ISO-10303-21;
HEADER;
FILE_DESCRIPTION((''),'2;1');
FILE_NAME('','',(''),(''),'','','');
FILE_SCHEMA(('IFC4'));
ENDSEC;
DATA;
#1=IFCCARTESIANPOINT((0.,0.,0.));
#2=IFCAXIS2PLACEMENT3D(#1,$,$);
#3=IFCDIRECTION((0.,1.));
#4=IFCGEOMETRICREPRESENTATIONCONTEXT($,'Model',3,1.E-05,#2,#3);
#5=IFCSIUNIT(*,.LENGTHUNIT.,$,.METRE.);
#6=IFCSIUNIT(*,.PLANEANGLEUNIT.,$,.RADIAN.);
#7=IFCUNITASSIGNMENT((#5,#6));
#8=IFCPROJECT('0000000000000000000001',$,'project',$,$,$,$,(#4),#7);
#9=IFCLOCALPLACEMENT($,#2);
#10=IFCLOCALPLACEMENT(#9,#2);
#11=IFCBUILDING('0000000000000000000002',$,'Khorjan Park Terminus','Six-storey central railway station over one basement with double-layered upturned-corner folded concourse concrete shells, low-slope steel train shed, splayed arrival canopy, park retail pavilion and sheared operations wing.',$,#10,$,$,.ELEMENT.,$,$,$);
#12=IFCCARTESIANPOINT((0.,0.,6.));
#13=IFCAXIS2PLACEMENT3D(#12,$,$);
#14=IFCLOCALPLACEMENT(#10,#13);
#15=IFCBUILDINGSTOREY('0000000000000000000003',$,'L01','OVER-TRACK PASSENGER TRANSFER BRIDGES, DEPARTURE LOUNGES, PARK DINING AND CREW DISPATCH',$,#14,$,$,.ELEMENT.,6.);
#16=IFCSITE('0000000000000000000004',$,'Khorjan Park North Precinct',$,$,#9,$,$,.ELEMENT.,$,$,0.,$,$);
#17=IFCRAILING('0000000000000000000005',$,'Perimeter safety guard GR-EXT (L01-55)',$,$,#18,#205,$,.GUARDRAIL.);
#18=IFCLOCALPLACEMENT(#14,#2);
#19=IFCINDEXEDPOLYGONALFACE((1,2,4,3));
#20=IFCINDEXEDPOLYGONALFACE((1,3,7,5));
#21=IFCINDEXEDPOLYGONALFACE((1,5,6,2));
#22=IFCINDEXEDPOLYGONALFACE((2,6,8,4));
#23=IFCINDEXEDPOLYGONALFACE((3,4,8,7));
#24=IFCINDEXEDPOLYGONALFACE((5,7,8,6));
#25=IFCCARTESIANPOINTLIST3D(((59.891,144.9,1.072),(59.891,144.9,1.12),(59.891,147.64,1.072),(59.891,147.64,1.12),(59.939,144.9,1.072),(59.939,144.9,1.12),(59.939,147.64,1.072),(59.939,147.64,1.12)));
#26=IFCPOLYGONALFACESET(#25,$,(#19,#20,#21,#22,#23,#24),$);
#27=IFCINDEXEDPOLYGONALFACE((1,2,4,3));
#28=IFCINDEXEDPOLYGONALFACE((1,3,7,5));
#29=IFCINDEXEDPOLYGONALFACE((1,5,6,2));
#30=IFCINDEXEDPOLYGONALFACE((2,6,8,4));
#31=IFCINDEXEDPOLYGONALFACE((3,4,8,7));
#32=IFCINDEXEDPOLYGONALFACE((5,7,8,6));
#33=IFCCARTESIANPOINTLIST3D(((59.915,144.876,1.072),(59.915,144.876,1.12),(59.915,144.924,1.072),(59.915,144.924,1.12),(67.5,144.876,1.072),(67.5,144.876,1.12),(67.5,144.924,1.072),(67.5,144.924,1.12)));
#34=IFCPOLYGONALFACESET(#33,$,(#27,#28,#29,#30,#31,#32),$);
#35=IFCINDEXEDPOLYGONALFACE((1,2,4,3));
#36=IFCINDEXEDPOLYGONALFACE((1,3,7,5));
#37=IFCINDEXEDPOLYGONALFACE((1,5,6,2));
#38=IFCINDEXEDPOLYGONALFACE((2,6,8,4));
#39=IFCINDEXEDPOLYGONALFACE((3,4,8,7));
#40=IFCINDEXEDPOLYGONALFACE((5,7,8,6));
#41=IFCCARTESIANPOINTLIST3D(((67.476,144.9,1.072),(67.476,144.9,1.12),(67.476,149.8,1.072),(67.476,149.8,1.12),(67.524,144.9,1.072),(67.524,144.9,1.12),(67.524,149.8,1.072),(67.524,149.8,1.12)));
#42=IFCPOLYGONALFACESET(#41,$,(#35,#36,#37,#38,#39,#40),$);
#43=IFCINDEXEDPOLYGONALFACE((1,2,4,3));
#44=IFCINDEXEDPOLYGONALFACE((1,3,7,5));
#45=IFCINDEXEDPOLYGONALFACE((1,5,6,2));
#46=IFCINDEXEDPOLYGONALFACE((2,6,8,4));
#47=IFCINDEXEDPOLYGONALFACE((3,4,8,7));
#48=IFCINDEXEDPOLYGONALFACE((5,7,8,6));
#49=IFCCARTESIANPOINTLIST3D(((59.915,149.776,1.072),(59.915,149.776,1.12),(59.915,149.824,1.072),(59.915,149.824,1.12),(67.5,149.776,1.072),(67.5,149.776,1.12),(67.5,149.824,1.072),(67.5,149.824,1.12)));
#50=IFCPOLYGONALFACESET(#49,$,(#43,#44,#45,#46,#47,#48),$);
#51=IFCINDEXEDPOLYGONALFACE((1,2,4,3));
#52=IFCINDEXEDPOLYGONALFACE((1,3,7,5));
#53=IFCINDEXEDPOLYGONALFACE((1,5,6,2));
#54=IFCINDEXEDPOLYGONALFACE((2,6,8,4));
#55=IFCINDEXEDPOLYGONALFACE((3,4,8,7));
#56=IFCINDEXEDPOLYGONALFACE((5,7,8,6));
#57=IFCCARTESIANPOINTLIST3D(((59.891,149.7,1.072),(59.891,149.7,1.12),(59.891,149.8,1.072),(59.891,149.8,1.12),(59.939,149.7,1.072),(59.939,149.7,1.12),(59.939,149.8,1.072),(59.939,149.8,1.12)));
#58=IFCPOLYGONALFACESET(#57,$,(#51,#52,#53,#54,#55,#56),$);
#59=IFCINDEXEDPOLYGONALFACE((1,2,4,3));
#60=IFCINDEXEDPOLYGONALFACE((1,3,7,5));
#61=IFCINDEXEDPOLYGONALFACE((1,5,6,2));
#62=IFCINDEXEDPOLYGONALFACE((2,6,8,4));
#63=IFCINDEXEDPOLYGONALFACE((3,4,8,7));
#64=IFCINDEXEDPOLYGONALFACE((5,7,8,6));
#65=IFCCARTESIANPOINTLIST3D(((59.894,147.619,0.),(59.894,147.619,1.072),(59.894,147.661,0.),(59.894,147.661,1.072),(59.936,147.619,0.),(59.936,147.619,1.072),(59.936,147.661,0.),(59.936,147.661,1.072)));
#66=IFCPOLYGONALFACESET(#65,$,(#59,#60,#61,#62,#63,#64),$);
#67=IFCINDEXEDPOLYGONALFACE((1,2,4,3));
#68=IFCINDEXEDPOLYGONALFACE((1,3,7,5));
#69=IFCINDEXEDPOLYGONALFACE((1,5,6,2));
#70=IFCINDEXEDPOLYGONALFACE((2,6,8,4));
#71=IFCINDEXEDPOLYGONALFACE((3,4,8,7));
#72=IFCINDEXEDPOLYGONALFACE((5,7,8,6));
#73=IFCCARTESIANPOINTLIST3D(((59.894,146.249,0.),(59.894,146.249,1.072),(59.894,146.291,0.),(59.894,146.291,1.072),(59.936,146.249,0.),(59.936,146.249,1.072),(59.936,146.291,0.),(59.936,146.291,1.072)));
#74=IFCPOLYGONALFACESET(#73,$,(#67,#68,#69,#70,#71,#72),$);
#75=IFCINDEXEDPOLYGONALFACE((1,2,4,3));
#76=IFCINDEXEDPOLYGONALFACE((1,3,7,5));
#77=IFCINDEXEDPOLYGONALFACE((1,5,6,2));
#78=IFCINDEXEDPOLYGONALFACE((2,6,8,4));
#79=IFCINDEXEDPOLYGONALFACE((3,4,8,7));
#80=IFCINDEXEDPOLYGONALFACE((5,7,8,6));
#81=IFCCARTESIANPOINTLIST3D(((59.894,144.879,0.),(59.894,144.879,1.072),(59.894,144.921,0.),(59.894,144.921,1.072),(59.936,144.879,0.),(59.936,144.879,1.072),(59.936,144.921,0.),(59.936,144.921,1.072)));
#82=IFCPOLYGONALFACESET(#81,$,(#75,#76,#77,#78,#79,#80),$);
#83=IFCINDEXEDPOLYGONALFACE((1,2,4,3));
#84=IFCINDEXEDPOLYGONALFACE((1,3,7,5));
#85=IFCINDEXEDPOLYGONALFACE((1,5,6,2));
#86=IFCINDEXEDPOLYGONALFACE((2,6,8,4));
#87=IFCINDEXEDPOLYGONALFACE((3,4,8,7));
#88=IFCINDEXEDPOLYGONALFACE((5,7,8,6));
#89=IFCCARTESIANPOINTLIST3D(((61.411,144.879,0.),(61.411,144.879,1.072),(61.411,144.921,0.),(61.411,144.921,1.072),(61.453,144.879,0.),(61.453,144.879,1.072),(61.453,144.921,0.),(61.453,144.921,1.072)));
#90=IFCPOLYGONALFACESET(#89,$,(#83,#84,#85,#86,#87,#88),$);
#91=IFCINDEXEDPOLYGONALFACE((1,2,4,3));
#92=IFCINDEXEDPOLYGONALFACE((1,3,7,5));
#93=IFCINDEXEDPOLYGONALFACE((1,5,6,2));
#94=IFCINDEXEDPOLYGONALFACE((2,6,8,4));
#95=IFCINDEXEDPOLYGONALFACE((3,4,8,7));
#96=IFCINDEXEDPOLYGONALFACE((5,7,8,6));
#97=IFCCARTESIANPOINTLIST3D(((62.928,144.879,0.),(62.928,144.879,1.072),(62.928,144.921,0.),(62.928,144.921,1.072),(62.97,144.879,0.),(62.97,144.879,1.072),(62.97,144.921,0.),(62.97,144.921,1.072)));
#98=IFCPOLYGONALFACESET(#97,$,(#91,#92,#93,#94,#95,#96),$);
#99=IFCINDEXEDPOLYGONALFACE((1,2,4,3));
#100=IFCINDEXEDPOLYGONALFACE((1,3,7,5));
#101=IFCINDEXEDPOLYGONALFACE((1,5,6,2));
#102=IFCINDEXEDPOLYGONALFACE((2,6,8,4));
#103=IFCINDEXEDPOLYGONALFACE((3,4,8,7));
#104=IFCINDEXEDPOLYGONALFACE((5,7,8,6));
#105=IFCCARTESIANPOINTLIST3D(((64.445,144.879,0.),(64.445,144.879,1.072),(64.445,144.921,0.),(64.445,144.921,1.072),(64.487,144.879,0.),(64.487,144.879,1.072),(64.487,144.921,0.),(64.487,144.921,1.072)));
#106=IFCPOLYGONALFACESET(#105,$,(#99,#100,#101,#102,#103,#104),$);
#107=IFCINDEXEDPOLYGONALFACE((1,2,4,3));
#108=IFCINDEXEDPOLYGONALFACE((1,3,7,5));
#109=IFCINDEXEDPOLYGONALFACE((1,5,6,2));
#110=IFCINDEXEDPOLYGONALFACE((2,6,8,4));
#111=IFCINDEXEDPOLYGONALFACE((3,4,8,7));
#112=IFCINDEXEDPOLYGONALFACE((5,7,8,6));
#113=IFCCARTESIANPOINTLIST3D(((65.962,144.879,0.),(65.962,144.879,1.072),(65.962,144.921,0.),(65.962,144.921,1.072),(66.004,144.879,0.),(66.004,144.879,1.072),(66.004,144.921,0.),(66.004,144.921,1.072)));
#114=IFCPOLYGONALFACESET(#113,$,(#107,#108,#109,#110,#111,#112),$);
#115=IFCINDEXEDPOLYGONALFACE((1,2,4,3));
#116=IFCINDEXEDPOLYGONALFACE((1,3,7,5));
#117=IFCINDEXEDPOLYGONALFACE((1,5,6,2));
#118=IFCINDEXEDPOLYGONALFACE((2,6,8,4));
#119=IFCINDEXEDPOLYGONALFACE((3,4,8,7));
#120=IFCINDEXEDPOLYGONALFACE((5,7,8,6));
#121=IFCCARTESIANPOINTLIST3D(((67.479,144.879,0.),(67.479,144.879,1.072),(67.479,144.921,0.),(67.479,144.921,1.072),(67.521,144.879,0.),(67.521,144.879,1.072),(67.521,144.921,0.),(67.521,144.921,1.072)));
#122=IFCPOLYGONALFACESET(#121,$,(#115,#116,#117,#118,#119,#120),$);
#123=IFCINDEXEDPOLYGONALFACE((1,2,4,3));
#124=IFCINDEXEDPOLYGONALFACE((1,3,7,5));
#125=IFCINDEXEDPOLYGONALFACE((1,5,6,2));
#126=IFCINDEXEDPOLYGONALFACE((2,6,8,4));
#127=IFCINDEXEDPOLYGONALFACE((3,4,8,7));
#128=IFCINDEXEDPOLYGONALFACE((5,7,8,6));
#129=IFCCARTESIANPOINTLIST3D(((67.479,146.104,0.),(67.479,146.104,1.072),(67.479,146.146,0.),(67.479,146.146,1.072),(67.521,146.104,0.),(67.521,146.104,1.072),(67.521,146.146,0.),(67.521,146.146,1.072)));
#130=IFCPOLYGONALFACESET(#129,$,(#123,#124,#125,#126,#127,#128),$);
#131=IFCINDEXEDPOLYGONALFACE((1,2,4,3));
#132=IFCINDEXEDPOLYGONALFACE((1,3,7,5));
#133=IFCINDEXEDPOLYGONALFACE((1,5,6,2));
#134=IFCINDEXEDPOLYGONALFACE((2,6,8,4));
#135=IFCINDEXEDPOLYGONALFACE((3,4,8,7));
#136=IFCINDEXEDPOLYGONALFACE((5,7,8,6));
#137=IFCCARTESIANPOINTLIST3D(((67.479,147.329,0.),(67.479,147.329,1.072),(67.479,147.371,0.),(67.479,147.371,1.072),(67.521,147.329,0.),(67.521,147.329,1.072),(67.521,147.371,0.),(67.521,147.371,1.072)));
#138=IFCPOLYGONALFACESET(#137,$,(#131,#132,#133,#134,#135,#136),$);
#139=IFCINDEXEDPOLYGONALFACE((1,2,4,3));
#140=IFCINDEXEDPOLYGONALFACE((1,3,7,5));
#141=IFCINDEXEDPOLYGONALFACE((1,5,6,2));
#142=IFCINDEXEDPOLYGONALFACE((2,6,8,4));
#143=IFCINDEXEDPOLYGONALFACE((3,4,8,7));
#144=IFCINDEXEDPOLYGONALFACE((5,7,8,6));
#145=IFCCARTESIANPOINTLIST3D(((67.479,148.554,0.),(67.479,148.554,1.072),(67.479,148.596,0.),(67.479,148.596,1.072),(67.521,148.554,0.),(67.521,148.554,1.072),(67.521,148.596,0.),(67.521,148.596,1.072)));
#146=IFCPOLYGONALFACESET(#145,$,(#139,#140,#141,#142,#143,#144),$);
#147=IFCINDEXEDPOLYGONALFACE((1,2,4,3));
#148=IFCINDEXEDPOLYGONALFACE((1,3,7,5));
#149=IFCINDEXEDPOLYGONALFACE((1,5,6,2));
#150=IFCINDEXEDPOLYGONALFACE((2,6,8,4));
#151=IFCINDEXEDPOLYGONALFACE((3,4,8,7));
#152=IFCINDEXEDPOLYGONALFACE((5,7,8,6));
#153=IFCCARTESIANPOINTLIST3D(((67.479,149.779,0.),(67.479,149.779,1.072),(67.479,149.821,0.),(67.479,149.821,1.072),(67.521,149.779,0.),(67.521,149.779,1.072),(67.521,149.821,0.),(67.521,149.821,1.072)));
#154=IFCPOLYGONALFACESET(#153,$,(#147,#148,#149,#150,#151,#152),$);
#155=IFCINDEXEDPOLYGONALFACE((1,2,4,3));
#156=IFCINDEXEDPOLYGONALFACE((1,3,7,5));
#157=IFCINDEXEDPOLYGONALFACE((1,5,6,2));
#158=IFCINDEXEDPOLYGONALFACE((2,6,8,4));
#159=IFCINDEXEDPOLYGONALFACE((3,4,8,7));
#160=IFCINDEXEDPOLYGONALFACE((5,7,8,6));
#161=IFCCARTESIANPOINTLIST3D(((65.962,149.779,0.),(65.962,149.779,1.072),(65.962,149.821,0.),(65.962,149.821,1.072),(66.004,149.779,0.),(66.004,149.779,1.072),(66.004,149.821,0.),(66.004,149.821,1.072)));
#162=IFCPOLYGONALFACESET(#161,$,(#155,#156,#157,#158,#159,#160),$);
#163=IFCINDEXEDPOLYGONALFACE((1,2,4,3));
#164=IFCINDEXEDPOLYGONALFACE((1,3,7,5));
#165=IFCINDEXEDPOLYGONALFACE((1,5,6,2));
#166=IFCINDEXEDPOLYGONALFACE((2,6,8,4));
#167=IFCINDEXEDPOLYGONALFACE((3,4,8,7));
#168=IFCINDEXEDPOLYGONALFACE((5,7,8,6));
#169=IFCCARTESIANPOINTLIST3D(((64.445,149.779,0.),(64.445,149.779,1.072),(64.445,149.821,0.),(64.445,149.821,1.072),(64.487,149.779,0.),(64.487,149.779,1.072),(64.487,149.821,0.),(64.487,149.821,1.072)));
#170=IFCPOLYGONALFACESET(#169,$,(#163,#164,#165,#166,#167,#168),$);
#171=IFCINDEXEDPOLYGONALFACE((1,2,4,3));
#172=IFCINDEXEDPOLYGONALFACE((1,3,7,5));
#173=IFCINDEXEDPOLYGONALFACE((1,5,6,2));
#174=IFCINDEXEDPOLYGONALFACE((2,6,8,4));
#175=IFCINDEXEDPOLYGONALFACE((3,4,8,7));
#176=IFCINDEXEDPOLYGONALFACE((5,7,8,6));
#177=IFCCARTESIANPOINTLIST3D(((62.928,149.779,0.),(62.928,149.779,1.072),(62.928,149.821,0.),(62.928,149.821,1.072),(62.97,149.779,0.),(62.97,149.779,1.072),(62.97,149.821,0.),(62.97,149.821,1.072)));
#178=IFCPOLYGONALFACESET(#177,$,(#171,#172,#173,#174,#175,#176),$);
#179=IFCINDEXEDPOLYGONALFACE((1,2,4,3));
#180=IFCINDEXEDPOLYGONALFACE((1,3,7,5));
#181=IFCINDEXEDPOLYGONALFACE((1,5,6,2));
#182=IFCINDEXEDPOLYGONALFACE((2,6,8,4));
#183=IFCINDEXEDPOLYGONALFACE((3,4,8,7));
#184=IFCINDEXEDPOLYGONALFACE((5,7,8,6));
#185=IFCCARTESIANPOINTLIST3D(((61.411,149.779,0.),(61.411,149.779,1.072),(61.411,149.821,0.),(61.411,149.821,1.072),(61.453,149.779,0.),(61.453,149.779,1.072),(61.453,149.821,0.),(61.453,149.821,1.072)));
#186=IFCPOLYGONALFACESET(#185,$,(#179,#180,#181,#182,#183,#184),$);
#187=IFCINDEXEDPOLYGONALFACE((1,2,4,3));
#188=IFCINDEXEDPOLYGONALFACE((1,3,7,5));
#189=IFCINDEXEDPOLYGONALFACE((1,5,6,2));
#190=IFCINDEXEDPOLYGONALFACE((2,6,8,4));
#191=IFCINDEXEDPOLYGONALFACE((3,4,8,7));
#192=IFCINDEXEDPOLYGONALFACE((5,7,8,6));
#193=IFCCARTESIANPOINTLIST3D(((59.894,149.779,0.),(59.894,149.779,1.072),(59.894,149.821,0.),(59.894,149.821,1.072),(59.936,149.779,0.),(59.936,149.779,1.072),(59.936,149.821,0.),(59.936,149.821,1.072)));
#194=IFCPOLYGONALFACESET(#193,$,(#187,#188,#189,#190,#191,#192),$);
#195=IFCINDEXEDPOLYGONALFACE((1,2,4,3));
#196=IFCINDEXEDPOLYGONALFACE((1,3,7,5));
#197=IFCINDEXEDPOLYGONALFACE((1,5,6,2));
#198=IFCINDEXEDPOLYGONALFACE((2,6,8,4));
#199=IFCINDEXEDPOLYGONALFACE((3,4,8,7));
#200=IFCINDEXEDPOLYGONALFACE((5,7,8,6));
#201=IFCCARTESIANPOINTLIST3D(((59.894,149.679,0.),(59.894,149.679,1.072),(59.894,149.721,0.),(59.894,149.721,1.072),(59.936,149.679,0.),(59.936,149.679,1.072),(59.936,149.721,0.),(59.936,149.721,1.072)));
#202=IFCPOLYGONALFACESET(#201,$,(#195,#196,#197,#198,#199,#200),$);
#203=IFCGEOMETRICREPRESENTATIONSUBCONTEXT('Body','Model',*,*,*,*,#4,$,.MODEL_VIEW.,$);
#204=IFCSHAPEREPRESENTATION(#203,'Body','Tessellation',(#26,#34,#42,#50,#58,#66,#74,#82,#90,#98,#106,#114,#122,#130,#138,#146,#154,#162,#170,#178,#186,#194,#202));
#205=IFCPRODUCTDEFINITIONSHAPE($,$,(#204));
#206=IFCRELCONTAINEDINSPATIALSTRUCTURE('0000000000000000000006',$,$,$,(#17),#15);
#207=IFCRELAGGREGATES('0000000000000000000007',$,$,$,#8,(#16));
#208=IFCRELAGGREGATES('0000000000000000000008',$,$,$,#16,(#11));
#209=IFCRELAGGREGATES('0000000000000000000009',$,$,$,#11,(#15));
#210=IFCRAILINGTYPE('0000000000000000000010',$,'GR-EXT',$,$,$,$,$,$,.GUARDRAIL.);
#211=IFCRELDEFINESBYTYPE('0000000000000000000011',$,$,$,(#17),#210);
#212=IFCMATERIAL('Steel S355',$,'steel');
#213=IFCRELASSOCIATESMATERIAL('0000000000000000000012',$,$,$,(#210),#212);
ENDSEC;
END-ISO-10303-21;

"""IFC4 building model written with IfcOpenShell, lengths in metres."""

from ifc_helpers import new_model, si_unit, direction, frame, origin, origin_2d, place, context, subcontext, project, spatial, rectangle, extrude, material, type_object, element, save


model = new_model("IFC4")

# Units and contexts
model_context = context("Model", 3, precision=1e-05, world=origin(), true_north=direction((0.0, 1.0)))
body_context = subcontext(model_context, "Body", "Model", "MODEL_VIEW")
ifc_project = project(units=[si_unit("LENGTHUNIT", "METRE"), si_unit("PLANEANGLEUNIT", "RADIAN")], contexts=[model_context])

# Site, building, storey
site_placement = place(None, origin())
site = spatial("IfcSite", under=ifc_project, at=site_placement, Name="Khorjan Park North Precinct", CompositionType="ELEMENT", RefElevation=0.0)
building_placement = place(site_placement, origin())
building = spatial("IfcBuilding", under=site, at=building_placement, Name="Khorjan Park Terminus", Description="Six-storey central railway station over one basement with double-layered upturned-corner folded concourse concrete shells, low-slope steel train shed, splayed arrival canopy, park retail pavilion and sheared operations wing.", CompositionType="ELEMENT")
storey_placement = place(building_placement, frame((0.0, 0.0, 6.0)))
storey = spatial("IfcBuildingStorey", under=building, at=storey_placement, Name="L01", Description="OVER-TRACK PASSENGER TRANSFER BRIDGES, DEPARTURE LOUNGES, PARK DINING AND CREW DISPATCH", CompositionType="ELEMENT", Elevation=6.0)

# Railing
ifc_material_1 = material(Name="Steel S355", Category="steel")
railing_type = type_object("IfcRailingType", Name="GR-EXT", PredefinedType="GUARDRAIL", material=ifc_material_1)
railing_placement = place(storey_placement, frame((59.915, 147.64, 0.0)))
element("IfcRailing", 1, at=railing_placement, inside=storey, type_object=railing_type, Name="Perimeter safety guard GR-EXT (L01-55)", PredefinedType="GUARDRAIL", context=body_context, shape_type="SweptSolid", body=[
    extrude(rectangle(XDim=0.048, YDim=0.048, at=origin_2d()), frame((0.0, 0.0, 1.096), z_axis=(0.0, -1.0, 0.0), x_axis=(1.0, 0.0, 0.0)), (0.0, 0.0, 1.0), 2.74),
    extrude(rectangle(XDim=0.048, YDim=0.048, at=origin_2d()), frame((0.0, -2.74, 1.096), z_axis=(1.0, 0.0, 0.0), x_axis=(0.0, 1.0, 0.0)), (0.0, 0.0, 1.0), 7.585),
    extrude(rectangle(XDim=0.048, YDim=0.048, at=origin_2d()), frame((7.585, -2.74, 1.096), z_axis=(0.0, 1.0, 0.0), x_axis=(-1.0, 0.0, 0.0)), (0.0, 0.0, 1.0), 4.9),
    extrude(rectangle(XDim=0.048, YDim=0.048, at=origin_2d()), frame((7.585, 2.16, 1.096), z_axis=(-1.0, 0.0, 0.0), x_axis=(0.0, -1.0, 0.0)), (0.0, 0.0, 1.0), 7.585),
    extrude(rectangle(XDim=0.048, YDim=0.048, at=origin_2d()), frame((0.0, 2.16, 1.096), z_axis=(0.0, -1.0, 0.0), x_axis=(1.0, 0.0, 0.0)), (0.0, 0.0, 1.0), 0.1),
    extrude(rectangle(XDim=0.042, YDim=0.042, at=origin_2d()), origin(), (0.0, 0.0, 1.0), 1.072),
    extrude(rectangle(XDim=0.042, YDim=0.042, at=origin_2d()), frame((0.0, -1.37, 0.0)), (0.0, 0.0, 1.0), 1.072),
    extrude(rectangle(XDim=0.042, YDim=0.042, at=origin_2d()), frame((0.0, -2.74, 0.0)), (0.0, 0.0, 1.0), 1.072),
    extrude(rectangle(XDim=0.042, YDim=0.042, at=origin_2d()), frame((1.517, -2.74, 0.0)), (0.0, 0.0, 1.0), 1.072),
    extrude(rectangle(XDim=0.042, YDim=0.042, at=origin_2d()), frame((3.034, -2.74, 0.0)), (0.0, 0.0, 1.0), 1.072),
    extrude(rectangle(XDim=0.042, YDim=0.042, at=origin_2d()), frame((4.551, -2.74, 0.0)), (0.0, 0.0, 1.0), 1.072),
    extrude(rectangle(XDim=0.042, YDim=0.042, at=origin_2d()), frame((6.068, -2.74, 0.0)), (0.0, 0.0, 1.0), 1.072),
    extrude(rectangle(XDim=0.042, YDim=0.042, at=origin_2d()), frame((7.585, -2.74, 0.0)), (0.0, 0.0, 1.0), 1.072),
    extrude(rectangle(XDim=0.042, YDim=0.042, at=origin_2d()), frame((7.585, -1.515, 0.0)), (0.0, 0.0, 1.0), 1.072),
    extrude(rectangle(XDim=0.042, YDim=0.042, at=origin_2d()), frame((7.585, -0.29, 0.0)), (0.0, 0.0, 1.0), 1.072),
    extrude(rectangle(XDim=0.042, YDim=0.042, at=origin_2d()), frame((7.585, 0.935, 0.0)), (0.0, 0.0, 1.0), 1.072),
    extrude(rectangle(XDim=0.042, YDim=0.042, at=origin_2d()), frame((7.585, 2.16, 0.0)), (0.0, 0.0, 1.0), 1.072),
    extrude(rectangle(XDim=0.042, YDim=0.042, at=origin_2d()), frame((6.068, 2.16, 0.0)), (0.0, 0.0, 1.0), 1.072),
    extrude(rectangle(XDim=0.042, YDim=0.042, at=origin_2d()), frame((4.551, 2.16, 0.0)), (0.0, 0.0, 1.0), 1.072),
    extrude(rectangle(XDim=0.042, YDim=0.042, at=origin_2d()), frame((3.034, 2.16, 0.0)), (0.0, 0.0, 1.0), 1.072),
    extrude(rectangle(XDim=0.042, YDim=0.042, at=origin_2d()), frame((1.517, 2.16, 0.0)), (0.0, 0.0, 1.0), 1.072),
    extrude(rectangle(XDim=0.042, YDim=0.042, at=origin_2d()), frame((0.0, 2.16, 0.0)), (0.0, 0.0, 1.0), 1.072),
    extrude(rectangle(XDim=0.042, YDim=0.042, at=origin_2d()), frame((0.0, 2.06, 0.0)), (0.0, 0.0, 1.0), 1.072),
])

save(model, "model.ifc")
